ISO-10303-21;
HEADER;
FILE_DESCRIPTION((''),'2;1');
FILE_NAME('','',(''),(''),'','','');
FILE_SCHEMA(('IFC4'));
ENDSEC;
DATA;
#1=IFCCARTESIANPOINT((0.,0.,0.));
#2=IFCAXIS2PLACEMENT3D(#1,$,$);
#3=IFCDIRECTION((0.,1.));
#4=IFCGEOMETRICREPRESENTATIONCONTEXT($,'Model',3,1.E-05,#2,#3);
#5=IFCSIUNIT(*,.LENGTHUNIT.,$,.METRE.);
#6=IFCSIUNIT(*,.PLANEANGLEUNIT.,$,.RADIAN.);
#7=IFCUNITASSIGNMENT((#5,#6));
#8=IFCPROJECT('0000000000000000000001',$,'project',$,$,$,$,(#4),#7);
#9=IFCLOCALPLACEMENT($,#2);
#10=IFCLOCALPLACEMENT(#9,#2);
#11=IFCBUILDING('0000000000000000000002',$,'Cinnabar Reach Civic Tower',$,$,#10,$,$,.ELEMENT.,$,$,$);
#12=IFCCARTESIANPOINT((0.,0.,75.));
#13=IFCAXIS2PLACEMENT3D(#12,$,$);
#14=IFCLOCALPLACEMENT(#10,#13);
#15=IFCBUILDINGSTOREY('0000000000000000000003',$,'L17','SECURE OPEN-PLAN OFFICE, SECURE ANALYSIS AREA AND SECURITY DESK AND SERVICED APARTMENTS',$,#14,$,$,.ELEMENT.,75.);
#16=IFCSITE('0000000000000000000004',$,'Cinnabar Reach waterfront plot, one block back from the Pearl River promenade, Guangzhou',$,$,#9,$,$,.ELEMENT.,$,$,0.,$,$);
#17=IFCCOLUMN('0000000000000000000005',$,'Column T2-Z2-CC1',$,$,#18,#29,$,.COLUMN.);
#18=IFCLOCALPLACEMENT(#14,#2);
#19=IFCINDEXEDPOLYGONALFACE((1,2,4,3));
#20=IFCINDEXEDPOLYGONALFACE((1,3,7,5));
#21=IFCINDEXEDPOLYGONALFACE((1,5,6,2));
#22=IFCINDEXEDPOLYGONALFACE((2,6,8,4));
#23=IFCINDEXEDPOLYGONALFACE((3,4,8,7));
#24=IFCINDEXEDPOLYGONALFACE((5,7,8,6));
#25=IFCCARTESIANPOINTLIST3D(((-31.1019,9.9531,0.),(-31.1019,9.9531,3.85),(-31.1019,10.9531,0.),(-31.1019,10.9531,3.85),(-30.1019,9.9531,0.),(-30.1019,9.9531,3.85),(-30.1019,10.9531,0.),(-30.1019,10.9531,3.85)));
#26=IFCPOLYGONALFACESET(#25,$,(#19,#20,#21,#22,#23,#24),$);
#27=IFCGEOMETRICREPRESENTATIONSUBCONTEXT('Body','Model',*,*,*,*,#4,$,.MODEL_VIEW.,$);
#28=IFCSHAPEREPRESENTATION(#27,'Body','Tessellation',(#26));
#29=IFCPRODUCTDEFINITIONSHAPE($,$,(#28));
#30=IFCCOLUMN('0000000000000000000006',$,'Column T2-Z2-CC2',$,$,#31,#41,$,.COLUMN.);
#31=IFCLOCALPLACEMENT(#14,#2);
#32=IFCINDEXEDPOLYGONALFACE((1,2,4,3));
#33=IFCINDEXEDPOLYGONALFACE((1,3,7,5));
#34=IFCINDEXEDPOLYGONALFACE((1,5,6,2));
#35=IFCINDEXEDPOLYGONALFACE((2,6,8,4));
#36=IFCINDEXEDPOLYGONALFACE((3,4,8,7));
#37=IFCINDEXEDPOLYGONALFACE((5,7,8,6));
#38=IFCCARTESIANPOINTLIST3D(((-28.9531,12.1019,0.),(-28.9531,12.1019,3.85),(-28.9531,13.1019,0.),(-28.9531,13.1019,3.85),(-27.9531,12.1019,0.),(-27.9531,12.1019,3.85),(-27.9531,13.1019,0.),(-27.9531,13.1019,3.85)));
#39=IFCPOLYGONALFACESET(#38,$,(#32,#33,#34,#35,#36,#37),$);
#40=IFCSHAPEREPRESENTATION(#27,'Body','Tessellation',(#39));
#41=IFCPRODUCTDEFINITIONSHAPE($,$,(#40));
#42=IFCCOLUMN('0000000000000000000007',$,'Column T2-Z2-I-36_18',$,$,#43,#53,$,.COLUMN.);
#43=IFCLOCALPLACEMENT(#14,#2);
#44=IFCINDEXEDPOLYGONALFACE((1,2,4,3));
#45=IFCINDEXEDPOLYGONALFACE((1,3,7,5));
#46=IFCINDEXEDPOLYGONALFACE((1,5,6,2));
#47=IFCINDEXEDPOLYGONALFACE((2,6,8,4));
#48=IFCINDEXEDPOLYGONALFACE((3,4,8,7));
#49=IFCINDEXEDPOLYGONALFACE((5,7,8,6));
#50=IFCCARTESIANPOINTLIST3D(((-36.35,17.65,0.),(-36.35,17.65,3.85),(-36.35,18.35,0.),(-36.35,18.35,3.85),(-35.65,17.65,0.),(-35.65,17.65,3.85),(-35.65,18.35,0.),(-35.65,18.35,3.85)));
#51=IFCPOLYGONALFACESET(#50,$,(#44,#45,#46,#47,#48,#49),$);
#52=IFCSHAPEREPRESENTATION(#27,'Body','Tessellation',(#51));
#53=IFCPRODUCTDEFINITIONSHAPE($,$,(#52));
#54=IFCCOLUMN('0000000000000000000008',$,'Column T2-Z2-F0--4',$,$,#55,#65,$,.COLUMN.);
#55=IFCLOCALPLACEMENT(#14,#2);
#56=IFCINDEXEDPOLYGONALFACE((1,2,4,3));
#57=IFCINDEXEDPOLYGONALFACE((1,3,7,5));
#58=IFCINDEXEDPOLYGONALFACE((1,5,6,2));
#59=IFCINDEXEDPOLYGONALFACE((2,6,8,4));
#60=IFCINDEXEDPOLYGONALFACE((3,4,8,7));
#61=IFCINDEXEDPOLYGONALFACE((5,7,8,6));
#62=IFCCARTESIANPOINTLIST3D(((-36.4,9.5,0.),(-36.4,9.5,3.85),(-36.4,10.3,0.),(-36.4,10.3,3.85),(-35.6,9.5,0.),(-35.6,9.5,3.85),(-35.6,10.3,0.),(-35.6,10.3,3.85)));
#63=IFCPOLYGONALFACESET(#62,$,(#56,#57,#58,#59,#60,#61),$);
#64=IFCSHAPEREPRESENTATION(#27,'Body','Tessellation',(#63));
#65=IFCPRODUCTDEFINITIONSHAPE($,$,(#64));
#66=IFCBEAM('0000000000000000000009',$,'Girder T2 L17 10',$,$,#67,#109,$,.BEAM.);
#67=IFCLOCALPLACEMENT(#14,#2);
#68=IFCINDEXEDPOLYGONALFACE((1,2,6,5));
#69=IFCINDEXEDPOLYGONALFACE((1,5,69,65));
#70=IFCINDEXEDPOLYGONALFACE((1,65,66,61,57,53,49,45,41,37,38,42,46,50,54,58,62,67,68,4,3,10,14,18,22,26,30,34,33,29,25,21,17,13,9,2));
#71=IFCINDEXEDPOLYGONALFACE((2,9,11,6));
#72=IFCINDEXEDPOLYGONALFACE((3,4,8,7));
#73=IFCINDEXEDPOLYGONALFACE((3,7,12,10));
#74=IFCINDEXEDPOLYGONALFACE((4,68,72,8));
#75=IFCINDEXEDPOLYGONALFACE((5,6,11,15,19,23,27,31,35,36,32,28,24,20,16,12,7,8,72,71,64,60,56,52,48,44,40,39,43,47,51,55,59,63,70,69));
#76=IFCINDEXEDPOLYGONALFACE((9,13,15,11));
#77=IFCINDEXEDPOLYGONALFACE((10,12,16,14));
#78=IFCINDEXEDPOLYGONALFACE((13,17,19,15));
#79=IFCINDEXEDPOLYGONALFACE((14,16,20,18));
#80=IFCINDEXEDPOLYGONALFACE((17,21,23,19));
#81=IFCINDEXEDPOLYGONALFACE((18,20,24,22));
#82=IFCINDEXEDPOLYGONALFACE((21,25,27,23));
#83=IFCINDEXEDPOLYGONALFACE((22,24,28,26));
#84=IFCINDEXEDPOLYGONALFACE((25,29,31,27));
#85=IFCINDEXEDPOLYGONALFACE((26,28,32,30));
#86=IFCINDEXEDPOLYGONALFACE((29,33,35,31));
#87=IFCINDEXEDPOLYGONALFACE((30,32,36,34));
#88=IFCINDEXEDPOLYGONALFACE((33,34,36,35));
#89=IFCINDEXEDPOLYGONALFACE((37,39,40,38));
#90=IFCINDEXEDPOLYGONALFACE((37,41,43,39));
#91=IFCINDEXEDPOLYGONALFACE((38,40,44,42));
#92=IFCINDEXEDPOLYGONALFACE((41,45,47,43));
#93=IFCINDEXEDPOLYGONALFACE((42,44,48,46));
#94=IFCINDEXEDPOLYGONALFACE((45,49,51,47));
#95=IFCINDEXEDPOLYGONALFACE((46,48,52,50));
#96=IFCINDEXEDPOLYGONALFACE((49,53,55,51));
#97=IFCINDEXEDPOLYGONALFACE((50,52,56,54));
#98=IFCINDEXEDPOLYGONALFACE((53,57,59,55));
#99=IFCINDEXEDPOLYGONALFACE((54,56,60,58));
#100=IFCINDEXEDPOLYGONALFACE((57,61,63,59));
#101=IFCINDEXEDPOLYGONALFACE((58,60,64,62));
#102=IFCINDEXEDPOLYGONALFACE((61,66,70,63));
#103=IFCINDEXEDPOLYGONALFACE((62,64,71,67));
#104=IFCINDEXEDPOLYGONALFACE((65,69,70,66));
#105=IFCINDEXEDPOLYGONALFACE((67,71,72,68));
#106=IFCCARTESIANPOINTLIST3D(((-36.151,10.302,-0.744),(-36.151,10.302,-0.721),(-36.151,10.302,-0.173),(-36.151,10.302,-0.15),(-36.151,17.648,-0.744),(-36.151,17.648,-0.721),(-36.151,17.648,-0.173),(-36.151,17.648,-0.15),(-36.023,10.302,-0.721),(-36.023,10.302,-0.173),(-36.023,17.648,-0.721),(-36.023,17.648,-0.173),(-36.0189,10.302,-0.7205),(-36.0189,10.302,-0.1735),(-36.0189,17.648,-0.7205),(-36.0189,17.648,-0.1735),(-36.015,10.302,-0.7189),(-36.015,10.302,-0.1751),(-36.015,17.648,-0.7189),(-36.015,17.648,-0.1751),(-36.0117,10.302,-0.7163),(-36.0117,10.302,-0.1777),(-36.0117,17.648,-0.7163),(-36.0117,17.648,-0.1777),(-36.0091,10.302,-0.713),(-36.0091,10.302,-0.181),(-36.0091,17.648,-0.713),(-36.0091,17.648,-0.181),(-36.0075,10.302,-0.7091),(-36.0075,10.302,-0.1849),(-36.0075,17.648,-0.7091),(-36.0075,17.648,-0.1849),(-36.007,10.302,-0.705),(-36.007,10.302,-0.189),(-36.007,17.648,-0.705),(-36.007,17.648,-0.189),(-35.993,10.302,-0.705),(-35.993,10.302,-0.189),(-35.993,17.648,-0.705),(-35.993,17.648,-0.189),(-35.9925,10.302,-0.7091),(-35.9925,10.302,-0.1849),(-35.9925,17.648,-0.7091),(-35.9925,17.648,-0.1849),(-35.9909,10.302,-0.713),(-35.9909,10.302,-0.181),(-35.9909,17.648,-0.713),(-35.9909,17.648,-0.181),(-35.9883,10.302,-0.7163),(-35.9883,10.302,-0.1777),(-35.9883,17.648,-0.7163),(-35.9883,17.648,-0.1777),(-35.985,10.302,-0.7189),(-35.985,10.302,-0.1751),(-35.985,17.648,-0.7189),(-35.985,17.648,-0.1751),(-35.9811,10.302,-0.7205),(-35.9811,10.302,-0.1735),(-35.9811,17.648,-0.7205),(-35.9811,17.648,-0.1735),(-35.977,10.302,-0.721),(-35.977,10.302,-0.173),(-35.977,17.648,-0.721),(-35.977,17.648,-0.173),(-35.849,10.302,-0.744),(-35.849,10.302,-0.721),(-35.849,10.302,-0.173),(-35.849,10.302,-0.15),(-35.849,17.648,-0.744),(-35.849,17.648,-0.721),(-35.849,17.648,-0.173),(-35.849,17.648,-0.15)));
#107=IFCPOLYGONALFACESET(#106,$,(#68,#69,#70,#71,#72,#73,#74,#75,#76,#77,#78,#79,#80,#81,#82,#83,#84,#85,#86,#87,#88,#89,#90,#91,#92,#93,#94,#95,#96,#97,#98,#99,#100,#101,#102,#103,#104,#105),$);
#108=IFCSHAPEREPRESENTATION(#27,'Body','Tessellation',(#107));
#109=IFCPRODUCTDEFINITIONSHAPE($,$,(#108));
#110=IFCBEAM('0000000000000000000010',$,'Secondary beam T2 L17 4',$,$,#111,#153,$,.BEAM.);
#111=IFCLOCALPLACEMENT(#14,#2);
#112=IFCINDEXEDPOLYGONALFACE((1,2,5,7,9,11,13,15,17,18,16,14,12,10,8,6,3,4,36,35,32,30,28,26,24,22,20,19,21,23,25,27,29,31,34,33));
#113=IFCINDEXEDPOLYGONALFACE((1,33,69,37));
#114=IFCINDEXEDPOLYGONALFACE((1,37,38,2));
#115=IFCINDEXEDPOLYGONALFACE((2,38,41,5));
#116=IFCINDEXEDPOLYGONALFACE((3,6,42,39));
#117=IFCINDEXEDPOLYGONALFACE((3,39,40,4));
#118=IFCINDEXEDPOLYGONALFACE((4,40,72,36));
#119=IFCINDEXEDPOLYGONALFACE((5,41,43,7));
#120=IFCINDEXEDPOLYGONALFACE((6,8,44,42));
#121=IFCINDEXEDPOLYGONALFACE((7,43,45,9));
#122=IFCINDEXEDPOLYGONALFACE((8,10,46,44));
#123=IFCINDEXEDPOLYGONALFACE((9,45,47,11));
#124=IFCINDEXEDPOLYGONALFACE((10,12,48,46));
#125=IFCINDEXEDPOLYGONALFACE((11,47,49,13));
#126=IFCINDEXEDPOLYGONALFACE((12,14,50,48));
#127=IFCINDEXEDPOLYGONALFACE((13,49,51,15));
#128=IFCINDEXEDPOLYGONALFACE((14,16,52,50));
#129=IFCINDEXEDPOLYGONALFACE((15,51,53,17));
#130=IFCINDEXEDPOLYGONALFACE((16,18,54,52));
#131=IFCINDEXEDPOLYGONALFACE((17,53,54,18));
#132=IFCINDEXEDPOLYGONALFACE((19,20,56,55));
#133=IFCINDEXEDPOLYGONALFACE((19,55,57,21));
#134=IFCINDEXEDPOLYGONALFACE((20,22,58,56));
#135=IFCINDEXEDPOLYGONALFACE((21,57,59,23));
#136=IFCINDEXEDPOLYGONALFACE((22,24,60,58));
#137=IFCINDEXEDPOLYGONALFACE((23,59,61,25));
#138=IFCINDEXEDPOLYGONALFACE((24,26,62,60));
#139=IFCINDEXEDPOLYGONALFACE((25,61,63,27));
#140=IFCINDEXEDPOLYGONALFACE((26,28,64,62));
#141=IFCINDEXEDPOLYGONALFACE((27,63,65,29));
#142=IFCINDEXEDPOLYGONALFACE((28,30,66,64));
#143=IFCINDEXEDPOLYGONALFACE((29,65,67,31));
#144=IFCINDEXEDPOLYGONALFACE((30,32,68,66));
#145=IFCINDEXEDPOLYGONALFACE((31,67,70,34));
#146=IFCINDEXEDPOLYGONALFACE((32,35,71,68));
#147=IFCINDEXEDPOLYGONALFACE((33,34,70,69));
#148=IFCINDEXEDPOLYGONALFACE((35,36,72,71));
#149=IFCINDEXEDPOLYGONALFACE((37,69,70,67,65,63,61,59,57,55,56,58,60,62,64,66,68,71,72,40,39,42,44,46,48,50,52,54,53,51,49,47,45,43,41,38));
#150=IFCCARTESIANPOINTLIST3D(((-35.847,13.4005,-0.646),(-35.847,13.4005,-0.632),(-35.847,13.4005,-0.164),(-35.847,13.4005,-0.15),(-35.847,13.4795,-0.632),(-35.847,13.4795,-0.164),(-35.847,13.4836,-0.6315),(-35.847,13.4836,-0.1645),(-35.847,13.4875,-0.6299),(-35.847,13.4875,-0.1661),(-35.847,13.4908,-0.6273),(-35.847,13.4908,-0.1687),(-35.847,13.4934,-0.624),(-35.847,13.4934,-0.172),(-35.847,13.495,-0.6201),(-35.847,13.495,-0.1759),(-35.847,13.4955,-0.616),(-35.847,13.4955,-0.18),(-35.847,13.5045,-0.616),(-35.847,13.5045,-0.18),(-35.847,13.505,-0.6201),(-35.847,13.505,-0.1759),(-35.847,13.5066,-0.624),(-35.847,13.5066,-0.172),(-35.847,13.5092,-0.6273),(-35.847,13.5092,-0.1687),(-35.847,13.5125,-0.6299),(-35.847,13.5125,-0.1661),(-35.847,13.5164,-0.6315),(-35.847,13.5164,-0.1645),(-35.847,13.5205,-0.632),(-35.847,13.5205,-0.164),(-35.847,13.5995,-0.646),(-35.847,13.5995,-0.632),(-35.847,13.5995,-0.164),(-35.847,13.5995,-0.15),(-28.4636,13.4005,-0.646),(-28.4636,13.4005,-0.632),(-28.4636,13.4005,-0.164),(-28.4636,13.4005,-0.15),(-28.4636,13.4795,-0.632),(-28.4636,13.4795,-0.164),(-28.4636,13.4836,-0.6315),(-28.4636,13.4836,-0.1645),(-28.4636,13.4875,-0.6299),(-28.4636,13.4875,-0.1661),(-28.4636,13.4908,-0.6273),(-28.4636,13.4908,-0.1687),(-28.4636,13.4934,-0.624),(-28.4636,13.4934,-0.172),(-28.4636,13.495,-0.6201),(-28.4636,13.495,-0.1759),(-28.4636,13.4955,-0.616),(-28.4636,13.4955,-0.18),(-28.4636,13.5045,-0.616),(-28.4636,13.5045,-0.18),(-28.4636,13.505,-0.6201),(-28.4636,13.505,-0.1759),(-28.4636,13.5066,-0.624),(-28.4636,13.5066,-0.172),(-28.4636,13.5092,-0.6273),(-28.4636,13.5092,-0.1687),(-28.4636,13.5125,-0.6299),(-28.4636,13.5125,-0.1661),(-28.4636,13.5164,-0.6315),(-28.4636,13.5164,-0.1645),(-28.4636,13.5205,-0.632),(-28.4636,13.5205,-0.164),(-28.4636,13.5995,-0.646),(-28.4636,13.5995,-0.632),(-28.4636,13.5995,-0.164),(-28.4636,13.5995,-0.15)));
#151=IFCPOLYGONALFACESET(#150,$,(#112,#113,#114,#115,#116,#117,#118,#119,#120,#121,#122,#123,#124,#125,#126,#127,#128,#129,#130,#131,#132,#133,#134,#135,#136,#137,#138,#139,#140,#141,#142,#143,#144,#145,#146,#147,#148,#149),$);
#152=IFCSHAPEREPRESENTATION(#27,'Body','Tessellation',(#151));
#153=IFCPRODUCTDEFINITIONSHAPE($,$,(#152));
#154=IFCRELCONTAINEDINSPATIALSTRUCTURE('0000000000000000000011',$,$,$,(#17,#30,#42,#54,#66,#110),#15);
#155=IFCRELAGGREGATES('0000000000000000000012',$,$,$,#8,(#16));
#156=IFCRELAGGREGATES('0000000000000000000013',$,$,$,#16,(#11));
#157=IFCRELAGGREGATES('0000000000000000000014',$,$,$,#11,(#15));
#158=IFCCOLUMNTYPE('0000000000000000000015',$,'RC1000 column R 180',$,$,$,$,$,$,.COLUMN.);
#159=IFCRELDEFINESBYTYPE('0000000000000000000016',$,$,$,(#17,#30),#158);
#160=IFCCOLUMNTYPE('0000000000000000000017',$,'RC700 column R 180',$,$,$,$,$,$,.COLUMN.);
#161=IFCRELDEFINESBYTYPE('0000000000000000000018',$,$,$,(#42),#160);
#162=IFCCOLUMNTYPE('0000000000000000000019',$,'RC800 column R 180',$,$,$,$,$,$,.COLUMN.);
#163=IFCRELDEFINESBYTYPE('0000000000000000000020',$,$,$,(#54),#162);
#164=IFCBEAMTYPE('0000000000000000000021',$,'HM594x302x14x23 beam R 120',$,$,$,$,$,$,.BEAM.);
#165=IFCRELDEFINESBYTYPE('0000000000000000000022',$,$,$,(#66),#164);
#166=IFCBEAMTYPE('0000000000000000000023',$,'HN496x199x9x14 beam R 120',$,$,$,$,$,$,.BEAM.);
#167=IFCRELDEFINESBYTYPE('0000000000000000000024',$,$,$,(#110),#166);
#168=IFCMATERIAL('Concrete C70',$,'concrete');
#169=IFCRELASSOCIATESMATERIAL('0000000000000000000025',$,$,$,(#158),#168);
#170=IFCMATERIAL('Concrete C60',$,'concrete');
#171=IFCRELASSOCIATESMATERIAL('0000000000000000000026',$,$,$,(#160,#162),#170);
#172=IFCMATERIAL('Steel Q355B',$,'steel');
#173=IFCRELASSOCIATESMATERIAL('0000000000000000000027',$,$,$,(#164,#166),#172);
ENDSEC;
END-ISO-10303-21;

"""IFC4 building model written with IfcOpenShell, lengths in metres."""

from ifc_helpers import new_model, si_unit, direction, frame, origin, origin_2d, place, context, subcontext, project, spatial, rectangle, i_section, extrude, material, material_profile, profile_set, type_object, element, save


model = new_model("IFC4")

# Units and contexts
model_context = context("Model", 3, precision=1e-05, world=origin(), true_north=direction((0.0, 1.0)))
body_context = subcontext(model_context, "Body", "Model", "MODEL_VIEW")
ifc_project = project(units=[si_unit("LENGTHUNIT", "METRE"), si_unit("PLANEANGLEUNIT", "RADIAN")], contexts=[model_context])

# Site, building, storey
site_placement = place(None, origin())
site = spatial("IfcSite", under=ifc_project, at=site_placement, Name="Cinnabar Reach waterfront plot, one block back from the Pearl River promenade, Guangzhou", CompositionType="ELEMENT", RefElevation=0.0)
building_placement = place(site_placement, origin())
building = spatial("IfcBuilding", under=site, at=building_placement, Name="Cinnabar Reach Civic Tower", CompositionType="ELEMENT")
storey_placement = place(building_placement, frame((0.0, 0.0, 75.0)))
storey = spatial("IfcBuildingStorey", under=building, at=storey_placement, Name="L17", Description="SECURE OPEN-PLAN OFFICE, SECURE ANALYSIS AREA AND SECURITY DESK AND SERVICED APARTMENTS", CompositionType="ELEMENT", Elevation=75.0)

# Columns
ifc_material_1 = material(Name="Concrete C70", Category="concrete")
ifc_material_profile_1 = material_profile(ifc_material_1, rectangle(XDim=1.0, YDim=1.0, at=origin_2d()), Name="RC1000")
ifc_profile_set_1 = profile_set([ifc_material_profile_1], Name="Concrete C70")
column_type_1 = type_object("IfcColumnType", Name="RC1000 column R 180", PredefinedType="COLUMN", material=ifc_profile_set_1)
for number, where, z_axis, x_axis, name in (
    (1, (-30.6019, 10.4531, 0.0), (0.0, 0.0, 1.0), (1.0, 0.0, 0.0), "Column T2-Z2-CC1"),
    (2, (-28.4531, 12.6019, 0.0), (0.0, 0.0, 1.0), (1.0, 0.0, 0.0), "Column T2-Z2-CC2"),
):
    element("IfcColumn", number, at=place(storey_placement, frame(where, z_axis=z_axis, x_axis=x_axis)), inside=storey, type_object=column_type_1, Name=name, PredefinedType="COLUMN", context=body_context, shape_type="SweptSolid", body=[
        extrude(rectangle(XDim=1.0, YDim=1.0, at=origin_2d()), origin(), (0.0, 0.0, 1.0), 3.85),
    ])
ifc_material_2 = material(Name="Concrete C60", Category="concrete")
ifc_material_profile_2 = material_profile(ifc_material_2, rectangle(XDim=0.7, YDim=0.7, at=origin_2d()), Name="RC700")
ifc_profile_set_2 = profile_set([ifc_material_profile_2], Name="Concrete C60")
column_type_2 = type_object("IfcColumnType", Name="RC700 column R 180", PredefinedType="COLUMN", material=ifc_profile_set_2)
column_1_placement = place(storey_placement, frame((-36.0, 18.0, 0.0), z_axis=(0.0, 0.0, 1.0), x_axis=(1.0, 0.0, 0.0)))
element("IfcColumn", 3, at=column_1_placement, inside=storey, type_object=column_type_2, Name="Column T2-Z2-I-36_18", PredefinedType="COLUMN", context=body_context, shape_type="SweptSolid", body=[
    extrude(rectangle(XDim=0.7, YDim=0.7, at=origin_2d()), origin(), (0.0, 0.0, 1.0), 3.85),
])
ifc_material_profile_3 = material_profile(ifc_material_2, rectangle(XDim=0.8, YDim=0.8, at=origin_2d()), Name="RC800")
ifc_profile_set_3 = profile_set([ifc_material_profile_3], Name="Concrete C60")
column_type_3 = type_object("IfcColumnType", Name="RC800 column R 180", PredefinedType="COLUMN", material=ifc_profile_set_3)
column_2_placement = place(storey_placement, frame((-36.0, 9.9, 0.0), z_axis=(0.0, 0.0, 1.0), x_axis=(1.0, 0.0, 0.0)))
element("IfcColumn", 4, at=column_2_placement, inside=storey, type_object=column_type_3, Name="Column T2-Z2-F0--4", PredefinedType="COLUMN", context=body_context, shape_type="SweptSolid", body=[
    extrude(rectangle(XDim=0.8, YDim=0.8, at=origin_2d()), origin(), (0.0, 0.0, 1.0), 3.85),
])

# Beams
ifc_material_3 = material(Name="Steel Q355B", Category="steel")
ifc_material_profile_4 = material_profile(ifc_material_3, i_section(OverallWidth=0.302, OverallDepth=0.594, WebThickness=0.014, FlangeThickness=0.023, FilletRadius=0.016, at=origin_2d()), Name="HM594x302x14x23")
ifc_profile_set_4 = profile_set([ifc_material_profile_4], Name="Steel Q355B")
beam_type_1 = type_object("IfcBeamType", Name="HM594x302x14x23 beam R 120", PredefinedType="BEAM", material=ifc_profile_set_4)
beam_1_placement = place(storey_placement, frame((-36.0, 10.302, -0.447), z_axis=(0.0, 1.0, 0.0), x_axis=(-1.0, 0.0, 0.0)))
element("IfcBeam", 5, at=beam_1_placement, inside=storey, type_object=beam_type_1, Name="Girder T2 L17 10", PredefinedType="BEAM", context=body_context, shape_type="SweptSolid", body=[
    extrude(i_section(OverallWidth=0.302, OverallDepth=0.594, WebThickness=0.014, FlangeThickness=0.023, FilletRadius=0.016, at=origin_2d()), origin(), (0.0, 0.0, 1.0), 7.346),
])
ifc_material_profile_5 = material_profile(ifc_material_3, i_section(OverallWidth=0.199, OverallDepth=0.496, WebThickness=0.009, FlangeThickness=0.014, FilletRadius=0.016, at=origin_2d()), Name="HN496x199x9x14")
ifc_profile_set_5 = profile_set([ifc_material_profile_5], Name="Steel Q355B")
beam_type_2 = type_object("IfcBeamType", Name="HN496x199x9x14 beam R 120", PredefinedType="BEAM", material=ifc_profile_set_5)
beam_2_placement = place(storey_placement, frame((-35.847, 13.5, -0.398), z_axis=(1.0, 0.0, 0.0), x_axis=(0.0, 1.0, 0.0)))
element("IfcBeam", 6, at=beam_2_placement, inside=storey, type_object=beam_type_2, Name="Secondary beam T2 L17 4", PredefinedType="BEAM", context=body_context, shape_type="SweptSolid", body=[
    extrude(i_section(OverallWidth=0.199, OverallDepth=0.496, WebThickness=0.009, FlangeThickness=0.014, FilletRadius=0.016, at=origin_2d()), origin(), (0.0, 0.0, 1.0), 7.3834),
])

save(model, "model.ifc")
